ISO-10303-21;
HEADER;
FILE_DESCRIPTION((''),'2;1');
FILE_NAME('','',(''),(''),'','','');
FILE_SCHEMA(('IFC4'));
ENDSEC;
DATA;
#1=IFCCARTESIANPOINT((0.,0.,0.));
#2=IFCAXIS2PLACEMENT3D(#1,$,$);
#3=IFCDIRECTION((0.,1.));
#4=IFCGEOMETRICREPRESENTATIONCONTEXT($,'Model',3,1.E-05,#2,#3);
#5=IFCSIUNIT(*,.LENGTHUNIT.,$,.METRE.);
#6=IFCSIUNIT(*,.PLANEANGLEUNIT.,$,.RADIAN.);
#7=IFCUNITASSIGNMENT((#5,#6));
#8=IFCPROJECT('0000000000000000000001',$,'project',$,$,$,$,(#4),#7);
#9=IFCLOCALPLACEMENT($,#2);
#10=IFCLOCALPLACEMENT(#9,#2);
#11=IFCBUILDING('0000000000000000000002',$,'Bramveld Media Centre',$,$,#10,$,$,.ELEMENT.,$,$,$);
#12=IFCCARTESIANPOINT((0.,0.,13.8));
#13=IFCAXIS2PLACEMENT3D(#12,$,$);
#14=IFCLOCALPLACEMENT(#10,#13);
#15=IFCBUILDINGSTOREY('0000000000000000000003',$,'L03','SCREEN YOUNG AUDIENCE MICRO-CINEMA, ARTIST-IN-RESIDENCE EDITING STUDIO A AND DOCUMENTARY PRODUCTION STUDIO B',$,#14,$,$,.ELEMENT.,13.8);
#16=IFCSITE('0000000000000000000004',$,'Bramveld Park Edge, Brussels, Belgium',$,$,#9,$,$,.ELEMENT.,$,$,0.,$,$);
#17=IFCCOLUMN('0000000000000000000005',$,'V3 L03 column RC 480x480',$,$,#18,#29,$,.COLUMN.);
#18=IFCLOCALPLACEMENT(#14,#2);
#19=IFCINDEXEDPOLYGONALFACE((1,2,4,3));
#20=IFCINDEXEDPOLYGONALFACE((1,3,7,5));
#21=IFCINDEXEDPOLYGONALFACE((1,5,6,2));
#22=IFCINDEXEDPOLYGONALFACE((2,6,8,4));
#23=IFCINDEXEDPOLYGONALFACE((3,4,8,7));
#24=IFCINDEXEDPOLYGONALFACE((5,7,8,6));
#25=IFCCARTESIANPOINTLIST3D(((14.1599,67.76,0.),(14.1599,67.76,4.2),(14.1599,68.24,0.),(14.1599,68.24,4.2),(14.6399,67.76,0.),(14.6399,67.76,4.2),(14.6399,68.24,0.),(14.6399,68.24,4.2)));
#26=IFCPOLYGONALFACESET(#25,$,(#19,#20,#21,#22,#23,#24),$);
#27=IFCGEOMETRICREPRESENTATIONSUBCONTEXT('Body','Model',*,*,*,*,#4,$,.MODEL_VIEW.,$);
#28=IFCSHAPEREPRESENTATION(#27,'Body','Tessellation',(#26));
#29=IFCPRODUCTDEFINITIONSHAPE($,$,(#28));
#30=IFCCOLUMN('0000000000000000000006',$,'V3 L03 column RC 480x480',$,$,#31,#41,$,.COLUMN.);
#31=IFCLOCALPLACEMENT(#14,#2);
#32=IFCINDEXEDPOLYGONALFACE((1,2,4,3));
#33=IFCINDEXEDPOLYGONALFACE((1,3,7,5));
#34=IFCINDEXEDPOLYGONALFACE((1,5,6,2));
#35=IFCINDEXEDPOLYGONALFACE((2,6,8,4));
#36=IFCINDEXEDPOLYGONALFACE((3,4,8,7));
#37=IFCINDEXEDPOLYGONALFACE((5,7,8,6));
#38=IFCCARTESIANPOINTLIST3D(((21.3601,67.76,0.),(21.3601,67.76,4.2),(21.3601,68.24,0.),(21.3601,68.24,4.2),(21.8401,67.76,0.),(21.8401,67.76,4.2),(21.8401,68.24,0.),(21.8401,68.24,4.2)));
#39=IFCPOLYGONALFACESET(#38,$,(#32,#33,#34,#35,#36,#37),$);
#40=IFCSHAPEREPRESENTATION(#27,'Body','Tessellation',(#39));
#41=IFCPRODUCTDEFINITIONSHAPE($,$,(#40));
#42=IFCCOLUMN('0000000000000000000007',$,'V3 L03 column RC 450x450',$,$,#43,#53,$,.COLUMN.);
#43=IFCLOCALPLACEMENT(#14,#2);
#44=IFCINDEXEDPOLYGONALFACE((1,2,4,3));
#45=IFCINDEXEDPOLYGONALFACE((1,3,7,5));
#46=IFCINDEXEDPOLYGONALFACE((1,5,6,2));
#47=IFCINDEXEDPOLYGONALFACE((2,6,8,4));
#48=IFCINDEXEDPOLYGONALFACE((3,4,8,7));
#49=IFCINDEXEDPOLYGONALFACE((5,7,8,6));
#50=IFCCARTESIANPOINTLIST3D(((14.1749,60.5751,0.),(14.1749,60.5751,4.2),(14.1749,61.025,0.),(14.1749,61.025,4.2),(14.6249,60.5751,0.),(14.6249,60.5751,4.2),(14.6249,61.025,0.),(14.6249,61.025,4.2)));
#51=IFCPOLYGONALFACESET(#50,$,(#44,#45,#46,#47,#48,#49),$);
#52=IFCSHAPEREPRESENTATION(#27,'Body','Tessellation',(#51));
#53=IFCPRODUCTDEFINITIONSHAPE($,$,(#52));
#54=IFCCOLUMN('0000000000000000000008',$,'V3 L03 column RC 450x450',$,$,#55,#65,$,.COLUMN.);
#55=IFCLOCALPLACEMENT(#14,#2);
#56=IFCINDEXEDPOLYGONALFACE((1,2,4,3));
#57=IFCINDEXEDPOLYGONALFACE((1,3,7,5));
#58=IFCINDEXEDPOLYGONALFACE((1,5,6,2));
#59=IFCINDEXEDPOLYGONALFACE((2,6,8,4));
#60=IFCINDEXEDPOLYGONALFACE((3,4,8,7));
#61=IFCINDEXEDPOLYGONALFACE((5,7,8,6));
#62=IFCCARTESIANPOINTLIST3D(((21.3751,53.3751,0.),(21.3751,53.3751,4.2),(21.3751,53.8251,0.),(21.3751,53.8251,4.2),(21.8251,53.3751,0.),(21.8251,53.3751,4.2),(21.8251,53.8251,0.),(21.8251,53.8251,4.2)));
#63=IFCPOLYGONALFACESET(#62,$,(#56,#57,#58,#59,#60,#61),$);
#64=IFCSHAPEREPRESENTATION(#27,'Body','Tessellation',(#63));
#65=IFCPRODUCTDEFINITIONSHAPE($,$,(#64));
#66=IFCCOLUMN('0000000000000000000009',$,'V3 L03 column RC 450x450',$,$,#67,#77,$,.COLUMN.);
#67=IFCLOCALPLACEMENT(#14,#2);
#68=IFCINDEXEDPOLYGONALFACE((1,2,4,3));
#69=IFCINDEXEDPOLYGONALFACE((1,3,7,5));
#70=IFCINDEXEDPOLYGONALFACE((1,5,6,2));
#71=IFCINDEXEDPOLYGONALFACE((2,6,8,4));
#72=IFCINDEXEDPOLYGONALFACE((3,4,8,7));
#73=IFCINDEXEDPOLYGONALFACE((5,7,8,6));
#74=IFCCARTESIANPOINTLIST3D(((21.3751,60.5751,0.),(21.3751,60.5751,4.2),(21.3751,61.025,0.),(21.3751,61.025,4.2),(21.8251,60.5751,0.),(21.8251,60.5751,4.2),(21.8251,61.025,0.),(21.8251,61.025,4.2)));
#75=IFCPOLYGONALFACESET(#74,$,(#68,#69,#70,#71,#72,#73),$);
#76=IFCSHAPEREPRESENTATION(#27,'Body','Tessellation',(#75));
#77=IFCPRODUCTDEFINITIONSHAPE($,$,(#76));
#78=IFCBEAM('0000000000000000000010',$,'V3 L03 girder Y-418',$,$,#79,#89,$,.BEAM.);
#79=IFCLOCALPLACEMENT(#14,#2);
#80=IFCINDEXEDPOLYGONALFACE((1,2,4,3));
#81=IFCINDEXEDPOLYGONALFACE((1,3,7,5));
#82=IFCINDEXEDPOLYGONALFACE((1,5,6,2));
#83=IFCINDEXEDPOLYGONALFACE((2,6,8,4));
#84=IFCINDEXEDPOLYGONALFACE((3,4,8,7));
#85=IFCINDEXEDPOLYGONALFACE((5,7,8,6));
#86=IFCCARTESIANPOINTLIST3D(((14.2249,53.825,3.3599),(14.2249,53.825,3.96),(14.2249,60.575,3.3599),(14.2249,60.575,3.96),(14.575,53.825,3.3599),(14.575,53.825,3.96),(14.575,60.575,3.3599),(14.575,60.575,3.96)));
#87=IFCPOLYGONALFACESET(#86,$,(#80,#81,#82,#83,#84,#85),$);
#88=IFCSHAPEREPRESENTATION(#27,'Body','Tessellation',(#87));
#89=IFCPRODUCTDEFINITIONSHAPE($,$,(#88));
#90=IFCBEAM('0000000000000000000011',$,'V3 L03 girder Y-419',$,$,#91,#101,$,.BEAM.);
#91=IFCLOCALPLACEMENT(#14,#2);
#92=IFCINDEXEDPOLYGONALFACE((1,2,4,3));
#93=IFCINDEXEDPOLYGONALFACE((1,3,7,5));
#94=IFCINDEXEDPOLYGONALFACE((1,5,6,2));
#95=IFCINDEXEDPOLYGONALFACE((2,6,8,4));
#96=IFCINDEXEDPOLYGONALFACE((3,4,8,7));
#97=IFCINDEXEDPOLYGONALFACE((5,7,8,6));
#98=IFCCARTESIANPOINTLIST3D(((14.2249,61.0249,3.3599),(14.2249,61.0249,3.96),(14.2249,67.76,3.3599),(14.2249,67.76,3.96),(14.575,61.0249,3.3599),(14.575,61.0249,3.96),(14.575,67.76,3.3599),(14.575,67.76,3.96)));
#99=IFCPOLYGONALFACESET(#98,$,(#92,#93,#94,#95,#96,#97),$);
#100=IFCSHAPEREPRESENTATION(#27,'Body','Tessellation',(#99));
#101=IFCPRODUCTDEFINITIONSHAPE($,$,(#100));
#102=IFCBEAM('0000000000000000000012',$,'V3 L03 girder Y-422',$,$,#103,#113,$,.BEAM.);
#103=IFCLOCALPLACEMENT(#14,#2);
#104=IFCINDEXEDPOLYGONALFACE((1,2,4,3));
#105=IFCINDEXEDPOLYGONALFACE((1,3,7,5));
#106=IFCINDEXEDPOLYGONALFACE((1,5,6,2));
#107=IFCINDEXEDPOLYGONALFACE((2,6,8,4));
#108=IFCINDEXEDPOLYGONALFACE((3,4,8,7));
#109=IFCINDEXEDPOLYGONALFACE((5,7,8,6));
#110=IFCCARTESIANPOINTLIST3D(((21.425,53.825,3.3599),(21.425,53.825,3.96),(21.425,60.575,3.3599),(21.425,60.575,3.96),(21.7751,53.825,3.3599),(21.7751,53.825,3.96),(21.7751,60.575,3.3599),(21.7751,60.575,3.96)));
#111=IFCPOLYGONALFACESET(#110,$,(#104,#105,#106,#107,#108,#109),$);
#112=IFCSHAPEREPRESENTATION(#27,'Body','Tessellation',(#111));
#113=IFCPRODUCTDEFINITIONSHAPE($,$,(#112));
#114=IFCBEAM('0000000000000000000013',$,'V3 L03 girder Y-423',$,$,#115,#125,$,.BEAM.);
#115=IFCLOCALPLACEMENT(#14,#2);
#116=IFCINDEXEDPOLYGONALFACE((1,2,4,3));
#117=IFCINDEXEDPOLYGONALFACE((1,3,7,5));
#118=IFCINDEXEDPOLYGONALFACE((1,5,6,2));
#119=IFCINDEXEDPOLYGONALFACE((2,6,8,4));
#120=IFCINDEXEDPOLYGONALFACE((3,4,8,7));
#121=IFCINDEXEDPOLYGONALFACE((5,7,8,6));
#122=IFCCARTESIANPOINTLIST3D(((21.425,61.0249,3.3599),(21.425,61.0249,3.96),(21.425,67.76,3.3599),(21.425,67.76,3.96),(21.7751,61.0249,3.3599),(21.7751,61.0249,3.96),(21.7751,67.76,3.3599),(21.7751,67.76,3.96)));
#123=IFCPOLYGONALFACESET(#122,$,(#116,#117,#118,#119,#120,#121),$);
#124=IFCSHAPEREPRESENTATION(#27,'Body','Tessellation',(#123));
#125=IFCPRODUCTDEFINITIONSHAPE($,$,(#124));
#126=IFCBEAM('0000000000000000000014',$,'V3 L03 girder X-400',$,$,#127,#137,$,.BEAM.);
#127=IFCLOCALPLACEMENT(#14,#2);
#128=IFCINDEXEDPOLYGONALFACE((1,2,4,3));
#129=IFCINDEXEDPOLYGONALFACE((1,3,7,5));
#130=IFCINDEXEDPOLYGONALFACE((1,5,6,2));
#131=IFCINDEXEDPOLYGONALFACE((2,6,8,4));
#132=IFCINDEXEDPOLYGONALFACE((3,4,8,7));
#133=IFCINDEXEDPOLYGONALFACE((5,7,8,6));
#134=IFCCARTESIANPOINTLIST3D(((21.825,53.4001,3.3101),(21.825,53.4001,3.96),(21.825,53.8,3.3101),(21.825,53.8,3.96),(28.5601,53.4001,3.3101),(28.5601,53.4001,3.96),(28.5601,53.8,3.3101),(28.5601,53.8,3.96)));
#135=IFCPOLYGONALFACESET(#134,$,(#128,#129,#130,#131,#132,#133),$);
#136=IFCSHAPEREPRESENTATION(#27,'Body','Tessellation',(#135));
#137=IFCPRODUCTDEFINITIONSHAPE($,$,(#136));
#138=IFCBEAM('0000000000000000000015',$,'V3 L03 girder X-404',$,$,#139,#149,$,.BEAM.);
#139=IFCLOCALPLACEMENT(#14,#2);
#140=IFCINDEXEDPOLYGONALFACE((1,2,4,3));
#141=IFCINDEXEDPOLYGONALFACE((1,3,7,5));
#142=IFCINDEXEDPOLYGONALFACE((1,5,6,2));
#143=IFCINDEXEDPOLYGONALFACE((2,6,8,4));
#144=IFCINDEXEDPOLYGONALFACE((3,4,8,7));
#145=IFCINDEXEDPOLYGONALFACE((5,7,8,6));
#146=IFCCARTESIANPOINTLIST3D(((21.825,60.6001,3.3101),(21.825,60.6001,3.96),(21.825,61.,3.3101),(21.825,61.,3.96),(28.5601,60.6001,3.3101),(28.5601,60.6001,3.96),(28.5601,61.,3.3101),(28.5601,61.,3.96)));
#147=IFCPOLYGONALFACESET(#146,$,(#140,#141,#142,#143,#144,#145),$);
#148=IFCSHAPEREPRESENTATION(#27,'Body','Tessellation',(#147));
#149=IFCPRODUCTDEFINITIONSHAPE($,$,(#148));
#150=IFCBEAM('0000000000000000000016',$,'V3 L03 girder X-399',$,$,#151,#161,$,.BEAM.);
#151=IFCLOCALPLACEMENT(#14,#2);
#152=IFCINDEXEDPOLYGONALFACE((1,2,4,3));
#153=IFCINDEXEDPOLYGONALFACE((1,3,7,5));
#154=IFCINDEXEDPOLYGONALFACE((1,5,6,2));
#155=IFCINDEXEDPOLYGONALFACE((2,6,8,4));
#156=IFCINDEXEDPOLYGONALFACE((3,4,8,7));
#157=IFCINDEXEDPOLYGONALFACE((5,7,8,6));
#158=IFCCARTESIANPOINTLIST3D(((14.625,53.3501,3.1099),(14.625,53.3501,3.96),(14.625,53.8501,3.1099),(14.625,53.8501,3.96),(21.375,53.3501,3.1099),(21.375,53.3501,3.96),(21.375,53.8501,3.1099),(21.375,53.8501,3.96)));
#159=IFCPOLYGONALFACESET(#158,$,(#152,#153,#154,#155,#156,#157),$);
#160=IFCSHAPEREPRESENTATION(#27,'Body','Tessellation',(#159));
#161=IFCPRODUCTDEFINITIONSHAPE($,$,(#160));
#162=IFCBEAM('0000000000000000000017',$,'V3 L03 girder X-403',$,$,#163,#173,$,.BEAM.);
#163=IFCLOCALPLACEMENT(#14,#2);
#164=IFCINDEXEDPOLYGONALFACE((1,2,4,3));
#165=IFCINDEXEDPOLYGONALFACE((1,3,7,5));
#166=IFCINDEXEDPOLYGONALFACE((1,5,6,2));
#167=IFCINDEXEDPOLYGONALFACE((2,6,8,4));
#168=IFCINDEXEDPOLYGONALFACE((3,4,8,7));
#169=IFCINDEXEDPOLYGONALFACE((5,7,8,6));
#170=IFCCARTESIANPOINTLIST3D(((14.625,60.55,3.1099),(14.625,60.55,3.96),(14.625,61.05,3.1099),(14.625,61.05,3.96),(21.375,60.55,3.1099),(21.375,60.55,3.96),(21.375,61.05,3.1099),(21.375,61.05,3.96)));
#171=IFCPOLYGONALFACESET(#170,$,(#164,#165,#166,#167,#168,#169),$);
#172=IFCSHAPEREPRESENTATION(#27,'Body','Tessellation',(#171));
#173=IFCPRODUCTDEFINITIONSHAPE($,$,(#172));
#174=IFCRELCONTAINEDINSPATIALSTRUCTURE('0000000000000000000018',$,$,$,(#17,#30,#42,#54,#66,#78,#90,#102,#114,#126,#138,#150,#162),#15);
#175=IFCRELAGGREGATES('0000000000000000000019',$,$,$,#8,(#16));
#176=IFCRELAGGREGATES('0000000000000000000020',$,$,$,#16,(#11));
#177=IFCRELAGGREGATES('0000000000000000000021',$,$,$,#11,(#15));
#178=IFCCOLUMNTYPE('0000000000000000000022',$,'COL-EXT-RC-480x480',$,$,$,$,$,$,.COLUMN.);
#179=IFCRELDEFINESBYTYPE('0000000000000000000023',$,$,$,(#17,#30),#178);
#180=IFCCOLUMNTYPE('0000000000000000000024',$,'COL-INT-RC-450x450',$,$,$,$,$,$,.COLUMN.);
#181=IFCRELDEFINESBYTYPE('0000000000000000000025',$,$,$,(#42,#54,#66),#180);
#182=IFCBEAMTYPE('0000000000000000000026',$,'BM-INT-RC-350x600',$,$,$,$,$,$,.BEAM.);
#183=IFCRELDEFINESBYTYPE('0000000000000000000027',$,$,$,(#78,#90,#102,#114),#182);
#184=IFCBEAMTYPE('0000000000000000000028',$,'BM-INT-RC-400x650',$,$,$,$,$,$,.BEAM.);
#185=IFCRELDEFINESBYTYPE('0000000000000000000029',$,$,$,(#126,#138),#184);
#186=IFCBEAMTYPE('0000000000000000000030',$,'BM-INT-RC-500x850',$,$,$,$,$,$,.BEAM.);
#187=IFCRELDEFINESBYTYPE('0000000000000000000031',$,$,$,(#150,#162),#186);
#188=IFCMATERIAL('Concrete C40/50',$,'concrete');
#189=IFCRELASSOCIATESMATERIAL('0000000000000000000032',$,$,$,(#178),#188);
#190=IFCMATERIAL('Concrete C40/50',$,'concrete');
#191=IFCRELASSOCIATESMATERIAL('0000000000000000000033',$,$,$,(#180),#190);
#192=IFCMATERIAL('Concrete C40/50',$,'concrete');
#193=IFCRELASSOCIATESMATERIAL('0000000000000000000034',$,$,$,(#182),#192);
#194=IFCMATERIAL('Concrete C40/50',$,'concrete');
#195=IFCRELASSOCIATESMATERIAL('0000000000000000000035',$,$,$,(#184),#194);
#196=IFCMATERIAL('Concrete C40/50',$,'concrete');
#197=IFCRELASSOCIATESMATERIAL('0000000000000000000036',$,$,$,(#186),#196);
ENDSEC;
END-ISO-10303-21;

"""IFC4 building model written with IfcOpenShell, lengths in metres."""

from ifc_helpers import new_model, si_unit, direction, frame, origin, origin_2d, place, context, subcontext, project, spatial, rectangle, extrude, material, material_profile, profile_set, type_object, element, save


model = new_model("IFC4")

# Units and contexts
model_context = context("Model", 3, precision=1e-05, world=origin(), true_north=direction((0.0, 1.0)))
body_context = subcontext(model_context, "Body", "Model", "MODEL_VIEW")
ifc_project = project(units=[si_unit("LENGTHUNIT", "METRE"), si_unit("PLANEANGLEUNIT", "RADIAN")], contexts=[model_context])

# Site, building, storey
site_placement = place(None, origin())
site = spatial("IfcSite", under=ifc_project, at=site_placement, Name="Bramveld Park Edge, Brussels, Belgium", CompositionType="ELEMENT", RefElevation=0.0)
building_placement = place(site_placement, origin())
building = spatial("IfcBuilding", under=site, at=building_placement, Name="Bramveld Media Centre", CompositionType="ELEMENT")
storey_placement = place(building_placement, frame((0.0, 0.0, 13.8)))
storey = spatial("IfcBuildingStorey", under=building, at=storey_placement, Name="L03", Description="SCREEN YOUNG AUDIENCE MICRO-CINEMA, ARTIST-IN-RESIDENCE EDITING STUDIO A AND DOCUMENTARY PRODUCTION STUDIO B", CompositionType="ELEMENT", Elevation=13.8)

# Columns
ifc_material_1 = material(Name="Concrete C40/50", Category="concrete")
ifc_material_profile_1 = material_profile(ifc_material_1, rectangle(XDim=0.48, YDim=0.48, at=origin_2d()), Name="RC 480x480")
ifc_profile_set_1 = profile_set([ifc_material_profile_1], Name="Concrete C40/50")
column_type_1 = type_object("IfcColumnType", Name="COL-EXT-RC-480x480", PredefinedType="COLUMN", material=ifc_profile_set_1)
for number, where, z_axis, x_axis, name in (
    (1, (14.3999, 68.0, 0.0), (0.0, 0.0, 1.0), (1.0, 0.0, 0.0), "V3 L03 column RC 480x480"),
    (2, (21.6001, 68.0, 0.0), (0.0, 0.0, 1.0), (1.0, 0.0, 0.0), "V3 L03 column RC 480x480"),
):
    element("IfcColumn", number, at=place(storey_placement, frame(where, z_axis=z_axis, x_axis=x_axis)), inside=storey, type_object=column_type_1, Name=name, PredefinedType="COLUMN", context=body_context, shape_type="SweptSolid", body=[
        extrude(rectangle(XDim=0.48, YDim=0.48, at=origin_2d()), origin(), (0.0, 0.0, 1.0), 4.2),
    ])
ifc_material_2 = material(Name="Concrete C40/50", Category="concrete")
ifc_material_profile_2 = material_profile(ifc_material_2, rectangle(XDim=0.45, YDim=0.45, at=origin_2d()), Name="RC 450x450")
ifc_profile_set_2 = profile_set([ifc_material_profile_2], Name="Concrete C40/50")
column_type_2 = type_object("IfcColumnType", Name="COL-INT-RC-450x450", PredefinedType="COLUMN", material=ifc_profile_set_2)
for number, where, z_axis, x_axis, name in (
    (3, (14.3999, 60.8, 0.0), (0.0, 0.0, 1.0), (1.0, 0.0, 0.0), "V3 L03 column RC 450x450"),
    (4, (21.6001, 53.6001, 0.0), (0.0, 0.0, 1.0), (1.0, 0.0, 0.0), "V3 L03 column RC 450x450"),
    (5, (21.6001, 60.8, 0.0), (0.0, 0.0, 1.0), (1.0, 0.0, 0.0), "V3 L03 column RC 450x450"),
):
    element("IfcColumn", number, at=place(storey_placement, frame(where, z_axis=z_axis, x_axis=x_axis)), inside=storey, type_object=column_type_2, Name=name, PredefinedType="COLUMN", context=body_context, shape_type="SweptSolid", body=[
        extrude(rectangle(XDim=0.45, YDim=0.45, at=origin_2d()), origin(), (0.0, 0.0, 1.0), 4.2),
    ])

# Beams
ifc_material_3 = material(Name="Concrete C40/50", Category="concrete")
ifc_material_profile_3 = material_profile(ifc_material_3, rectangle(XDim=0.3501, YDim=0.6001, at=origin_2d()), Name="RC 350x600")
ifc_profile_set_3 = profile_set([ifc_material_profile_3], Name="Concrete C40/50")
beam_type_1 = type_object("IfcBeamType", Name="BM-INT-RC-350x600", PredefinedType="BEAM", material=ifc_profile_set_3)
beam_1_placement = place(storey_placement, frame((14.3999, 53.825, 3.6599), z_axis=(0.0, 1.0, 0.0), x_axis=(-1.0, 0.0, 0.0)))
element("IfcBeam", 6, at=beam_1_placement, inside=storey, type_object=beam_type_1, Name="V3 L03 girder Y-418", PredefinedType="BEAM", context=body_context, shape_type="SweptSolid", body=[
    extrude(rectangle(XDim=0.3501, YDim=0.6001, at=origin_2d()), origin(), (0.0, 0.0, 1.0), 6.75),
])
beam_2_placement = place(storey_placement, frame((14.3999, 61.0249, 3.6599), z_axis=(0.0, 1.0, 0.0), x_axis=(-1.0, 0.0, 0.0)))
element("IfcBeam", 7, at=beam_2_placement, inside=storey, type_object=beam_type_1, Name="V3 L03 girder Y-419", PredefinedType="BEAM", context=body_context, shape_type="SweptSolid", body=[
    extrude(rectangle(XDim=0.3501, YDim=0.6001, at=origin_2d()), origin(), (0.0, 0.0, 1.0), 6.7351),
])
beam_3_placement = place(storey_placement, frame((21.6001, 53.825, 3.6599), z_axis=(0.0, 1.0, 0.0), x_axis=(-1.0, 0.0, 0.0)))
element("IfcBeam", 8, at=beam_3_placement, inside=storey, type_object=beam_type_1, Name="V3 L03 girder Y-422", PredefinedType="BEAM", context=body_context, shape_type="SweptSolid", body=[
    extrude(rectangle(XDim=0.3501, YDim=0.6001, at=origin_2d()), origin(), (0.0, 0.0, 1.0), 6.75),
])
beam_4_placement = place(storey_placement, frame((21.6001, 61.0249, 3.6599), z_axis=(0.0, 1.0, 0.0), x_axis=(-1.0, 0.0, 0.0)))
element("IfcBeam", 9, at=beam_4_placement, inside=storey, type_object=beam_type_1, Name="V3 L03 girder Y-423", PredefinedType="BEAM", context=body_context, shape_type="SweptSolid", body=[
    extrude(rectangle(XDim=0.3501, YDim=0.6001, at=origin_2d()), origin(), (0.0, 0.0, 1.0), 6.7351),
])
ifc_material_4 = material(Name="Concrete C40/50", Category="concrete")
ifc_material_profile_4 = material_profile(ifc_material_4, rectangle(XDim=0.3999, YDim=0.6499, at=origin_2d()), Name="RC 400x650")
ifc_profile_set_4 = profile_set([ifc_material_profile_4], Name="Concrete C40/50")
beam_type_2 = type_object("IfcBeamType", Name="BM-INT-RC-400x650", PredefinedType="BEAM", material=ifc_profile_set_4)
for number, where, z_axis, x_axis, name in (
    (10, (21.825, 53.6001, 3.635), (1.0, 0.0, 0.0), (0.0, 1.0, 0.0), "V3 L03 girder X-400"),
    (11, (21.825, 60.8, 3.635), (1.0, 0.0, 0.0), (0.0, 1.0, 0.0), "V3 L03 girder X-404"),
):
    element("IfcBeam", number, at=place(storey_placement, frame(where, z_axis=z_axis, x_axis=x_axis)), inside=storey, type_object=beam_type_2, Name=name, PredefinedType="BEAM", context=body_context, shape_type="SweptSolid", body=[
        extrude(rectangle(XDim=0.3999, YDim=0.6499, at=origin_2d()), origin(), (0.0, 0.0, 1.0), 6.7351),
    ])
ifc_material_5 = material(Name="Concrete C40/50", Category="concrete")
ifc_material_profile_5 = material_profile(ifc_material_5, rectangle(XDim=0.5, YDim=0.8501, at=origin_2d()), Name="RC 500x850")
ifc_profile_set_5 = profile_set([ifc_material_profile_5], Name="Concrete C40/50")
beam_type_3 = type_object("IfcBeamType", Name="BM-INT-RC-500x850", PredefinedType="BEAM", material=ifc_profile_set_5)
for number, where, z_axis, x_axis, name in (
    (12, (14.625, 53.6001, 3.5349), (1.0, 0.0, 0.0), (0.0, 1.0, 0.0), "V3 L03 girder X-399"),
    (13, (14.625, 60.8, 3.5349), (1.0, 0.0, 0.0), (0.0, 1.0, 0.0), "V3 L03 girder X-403"),
):
    element("IfcBeam", number, at=place(storey_placement, frame(where, z_axis=z_axis, x_axis=x_axis)), inside=storey, type_object=beam_type_3, Name=name, PredefinedType="BEAM", context=body_context, shape_type="SweptSolid", body=[
        extrude(rectangle(XDim=0.5, YDim=0.8501, at=origin_2d()), origin(), (0.0, 0.0, 1.0), 6.75),
    ])

save(model, "model.ifc")
